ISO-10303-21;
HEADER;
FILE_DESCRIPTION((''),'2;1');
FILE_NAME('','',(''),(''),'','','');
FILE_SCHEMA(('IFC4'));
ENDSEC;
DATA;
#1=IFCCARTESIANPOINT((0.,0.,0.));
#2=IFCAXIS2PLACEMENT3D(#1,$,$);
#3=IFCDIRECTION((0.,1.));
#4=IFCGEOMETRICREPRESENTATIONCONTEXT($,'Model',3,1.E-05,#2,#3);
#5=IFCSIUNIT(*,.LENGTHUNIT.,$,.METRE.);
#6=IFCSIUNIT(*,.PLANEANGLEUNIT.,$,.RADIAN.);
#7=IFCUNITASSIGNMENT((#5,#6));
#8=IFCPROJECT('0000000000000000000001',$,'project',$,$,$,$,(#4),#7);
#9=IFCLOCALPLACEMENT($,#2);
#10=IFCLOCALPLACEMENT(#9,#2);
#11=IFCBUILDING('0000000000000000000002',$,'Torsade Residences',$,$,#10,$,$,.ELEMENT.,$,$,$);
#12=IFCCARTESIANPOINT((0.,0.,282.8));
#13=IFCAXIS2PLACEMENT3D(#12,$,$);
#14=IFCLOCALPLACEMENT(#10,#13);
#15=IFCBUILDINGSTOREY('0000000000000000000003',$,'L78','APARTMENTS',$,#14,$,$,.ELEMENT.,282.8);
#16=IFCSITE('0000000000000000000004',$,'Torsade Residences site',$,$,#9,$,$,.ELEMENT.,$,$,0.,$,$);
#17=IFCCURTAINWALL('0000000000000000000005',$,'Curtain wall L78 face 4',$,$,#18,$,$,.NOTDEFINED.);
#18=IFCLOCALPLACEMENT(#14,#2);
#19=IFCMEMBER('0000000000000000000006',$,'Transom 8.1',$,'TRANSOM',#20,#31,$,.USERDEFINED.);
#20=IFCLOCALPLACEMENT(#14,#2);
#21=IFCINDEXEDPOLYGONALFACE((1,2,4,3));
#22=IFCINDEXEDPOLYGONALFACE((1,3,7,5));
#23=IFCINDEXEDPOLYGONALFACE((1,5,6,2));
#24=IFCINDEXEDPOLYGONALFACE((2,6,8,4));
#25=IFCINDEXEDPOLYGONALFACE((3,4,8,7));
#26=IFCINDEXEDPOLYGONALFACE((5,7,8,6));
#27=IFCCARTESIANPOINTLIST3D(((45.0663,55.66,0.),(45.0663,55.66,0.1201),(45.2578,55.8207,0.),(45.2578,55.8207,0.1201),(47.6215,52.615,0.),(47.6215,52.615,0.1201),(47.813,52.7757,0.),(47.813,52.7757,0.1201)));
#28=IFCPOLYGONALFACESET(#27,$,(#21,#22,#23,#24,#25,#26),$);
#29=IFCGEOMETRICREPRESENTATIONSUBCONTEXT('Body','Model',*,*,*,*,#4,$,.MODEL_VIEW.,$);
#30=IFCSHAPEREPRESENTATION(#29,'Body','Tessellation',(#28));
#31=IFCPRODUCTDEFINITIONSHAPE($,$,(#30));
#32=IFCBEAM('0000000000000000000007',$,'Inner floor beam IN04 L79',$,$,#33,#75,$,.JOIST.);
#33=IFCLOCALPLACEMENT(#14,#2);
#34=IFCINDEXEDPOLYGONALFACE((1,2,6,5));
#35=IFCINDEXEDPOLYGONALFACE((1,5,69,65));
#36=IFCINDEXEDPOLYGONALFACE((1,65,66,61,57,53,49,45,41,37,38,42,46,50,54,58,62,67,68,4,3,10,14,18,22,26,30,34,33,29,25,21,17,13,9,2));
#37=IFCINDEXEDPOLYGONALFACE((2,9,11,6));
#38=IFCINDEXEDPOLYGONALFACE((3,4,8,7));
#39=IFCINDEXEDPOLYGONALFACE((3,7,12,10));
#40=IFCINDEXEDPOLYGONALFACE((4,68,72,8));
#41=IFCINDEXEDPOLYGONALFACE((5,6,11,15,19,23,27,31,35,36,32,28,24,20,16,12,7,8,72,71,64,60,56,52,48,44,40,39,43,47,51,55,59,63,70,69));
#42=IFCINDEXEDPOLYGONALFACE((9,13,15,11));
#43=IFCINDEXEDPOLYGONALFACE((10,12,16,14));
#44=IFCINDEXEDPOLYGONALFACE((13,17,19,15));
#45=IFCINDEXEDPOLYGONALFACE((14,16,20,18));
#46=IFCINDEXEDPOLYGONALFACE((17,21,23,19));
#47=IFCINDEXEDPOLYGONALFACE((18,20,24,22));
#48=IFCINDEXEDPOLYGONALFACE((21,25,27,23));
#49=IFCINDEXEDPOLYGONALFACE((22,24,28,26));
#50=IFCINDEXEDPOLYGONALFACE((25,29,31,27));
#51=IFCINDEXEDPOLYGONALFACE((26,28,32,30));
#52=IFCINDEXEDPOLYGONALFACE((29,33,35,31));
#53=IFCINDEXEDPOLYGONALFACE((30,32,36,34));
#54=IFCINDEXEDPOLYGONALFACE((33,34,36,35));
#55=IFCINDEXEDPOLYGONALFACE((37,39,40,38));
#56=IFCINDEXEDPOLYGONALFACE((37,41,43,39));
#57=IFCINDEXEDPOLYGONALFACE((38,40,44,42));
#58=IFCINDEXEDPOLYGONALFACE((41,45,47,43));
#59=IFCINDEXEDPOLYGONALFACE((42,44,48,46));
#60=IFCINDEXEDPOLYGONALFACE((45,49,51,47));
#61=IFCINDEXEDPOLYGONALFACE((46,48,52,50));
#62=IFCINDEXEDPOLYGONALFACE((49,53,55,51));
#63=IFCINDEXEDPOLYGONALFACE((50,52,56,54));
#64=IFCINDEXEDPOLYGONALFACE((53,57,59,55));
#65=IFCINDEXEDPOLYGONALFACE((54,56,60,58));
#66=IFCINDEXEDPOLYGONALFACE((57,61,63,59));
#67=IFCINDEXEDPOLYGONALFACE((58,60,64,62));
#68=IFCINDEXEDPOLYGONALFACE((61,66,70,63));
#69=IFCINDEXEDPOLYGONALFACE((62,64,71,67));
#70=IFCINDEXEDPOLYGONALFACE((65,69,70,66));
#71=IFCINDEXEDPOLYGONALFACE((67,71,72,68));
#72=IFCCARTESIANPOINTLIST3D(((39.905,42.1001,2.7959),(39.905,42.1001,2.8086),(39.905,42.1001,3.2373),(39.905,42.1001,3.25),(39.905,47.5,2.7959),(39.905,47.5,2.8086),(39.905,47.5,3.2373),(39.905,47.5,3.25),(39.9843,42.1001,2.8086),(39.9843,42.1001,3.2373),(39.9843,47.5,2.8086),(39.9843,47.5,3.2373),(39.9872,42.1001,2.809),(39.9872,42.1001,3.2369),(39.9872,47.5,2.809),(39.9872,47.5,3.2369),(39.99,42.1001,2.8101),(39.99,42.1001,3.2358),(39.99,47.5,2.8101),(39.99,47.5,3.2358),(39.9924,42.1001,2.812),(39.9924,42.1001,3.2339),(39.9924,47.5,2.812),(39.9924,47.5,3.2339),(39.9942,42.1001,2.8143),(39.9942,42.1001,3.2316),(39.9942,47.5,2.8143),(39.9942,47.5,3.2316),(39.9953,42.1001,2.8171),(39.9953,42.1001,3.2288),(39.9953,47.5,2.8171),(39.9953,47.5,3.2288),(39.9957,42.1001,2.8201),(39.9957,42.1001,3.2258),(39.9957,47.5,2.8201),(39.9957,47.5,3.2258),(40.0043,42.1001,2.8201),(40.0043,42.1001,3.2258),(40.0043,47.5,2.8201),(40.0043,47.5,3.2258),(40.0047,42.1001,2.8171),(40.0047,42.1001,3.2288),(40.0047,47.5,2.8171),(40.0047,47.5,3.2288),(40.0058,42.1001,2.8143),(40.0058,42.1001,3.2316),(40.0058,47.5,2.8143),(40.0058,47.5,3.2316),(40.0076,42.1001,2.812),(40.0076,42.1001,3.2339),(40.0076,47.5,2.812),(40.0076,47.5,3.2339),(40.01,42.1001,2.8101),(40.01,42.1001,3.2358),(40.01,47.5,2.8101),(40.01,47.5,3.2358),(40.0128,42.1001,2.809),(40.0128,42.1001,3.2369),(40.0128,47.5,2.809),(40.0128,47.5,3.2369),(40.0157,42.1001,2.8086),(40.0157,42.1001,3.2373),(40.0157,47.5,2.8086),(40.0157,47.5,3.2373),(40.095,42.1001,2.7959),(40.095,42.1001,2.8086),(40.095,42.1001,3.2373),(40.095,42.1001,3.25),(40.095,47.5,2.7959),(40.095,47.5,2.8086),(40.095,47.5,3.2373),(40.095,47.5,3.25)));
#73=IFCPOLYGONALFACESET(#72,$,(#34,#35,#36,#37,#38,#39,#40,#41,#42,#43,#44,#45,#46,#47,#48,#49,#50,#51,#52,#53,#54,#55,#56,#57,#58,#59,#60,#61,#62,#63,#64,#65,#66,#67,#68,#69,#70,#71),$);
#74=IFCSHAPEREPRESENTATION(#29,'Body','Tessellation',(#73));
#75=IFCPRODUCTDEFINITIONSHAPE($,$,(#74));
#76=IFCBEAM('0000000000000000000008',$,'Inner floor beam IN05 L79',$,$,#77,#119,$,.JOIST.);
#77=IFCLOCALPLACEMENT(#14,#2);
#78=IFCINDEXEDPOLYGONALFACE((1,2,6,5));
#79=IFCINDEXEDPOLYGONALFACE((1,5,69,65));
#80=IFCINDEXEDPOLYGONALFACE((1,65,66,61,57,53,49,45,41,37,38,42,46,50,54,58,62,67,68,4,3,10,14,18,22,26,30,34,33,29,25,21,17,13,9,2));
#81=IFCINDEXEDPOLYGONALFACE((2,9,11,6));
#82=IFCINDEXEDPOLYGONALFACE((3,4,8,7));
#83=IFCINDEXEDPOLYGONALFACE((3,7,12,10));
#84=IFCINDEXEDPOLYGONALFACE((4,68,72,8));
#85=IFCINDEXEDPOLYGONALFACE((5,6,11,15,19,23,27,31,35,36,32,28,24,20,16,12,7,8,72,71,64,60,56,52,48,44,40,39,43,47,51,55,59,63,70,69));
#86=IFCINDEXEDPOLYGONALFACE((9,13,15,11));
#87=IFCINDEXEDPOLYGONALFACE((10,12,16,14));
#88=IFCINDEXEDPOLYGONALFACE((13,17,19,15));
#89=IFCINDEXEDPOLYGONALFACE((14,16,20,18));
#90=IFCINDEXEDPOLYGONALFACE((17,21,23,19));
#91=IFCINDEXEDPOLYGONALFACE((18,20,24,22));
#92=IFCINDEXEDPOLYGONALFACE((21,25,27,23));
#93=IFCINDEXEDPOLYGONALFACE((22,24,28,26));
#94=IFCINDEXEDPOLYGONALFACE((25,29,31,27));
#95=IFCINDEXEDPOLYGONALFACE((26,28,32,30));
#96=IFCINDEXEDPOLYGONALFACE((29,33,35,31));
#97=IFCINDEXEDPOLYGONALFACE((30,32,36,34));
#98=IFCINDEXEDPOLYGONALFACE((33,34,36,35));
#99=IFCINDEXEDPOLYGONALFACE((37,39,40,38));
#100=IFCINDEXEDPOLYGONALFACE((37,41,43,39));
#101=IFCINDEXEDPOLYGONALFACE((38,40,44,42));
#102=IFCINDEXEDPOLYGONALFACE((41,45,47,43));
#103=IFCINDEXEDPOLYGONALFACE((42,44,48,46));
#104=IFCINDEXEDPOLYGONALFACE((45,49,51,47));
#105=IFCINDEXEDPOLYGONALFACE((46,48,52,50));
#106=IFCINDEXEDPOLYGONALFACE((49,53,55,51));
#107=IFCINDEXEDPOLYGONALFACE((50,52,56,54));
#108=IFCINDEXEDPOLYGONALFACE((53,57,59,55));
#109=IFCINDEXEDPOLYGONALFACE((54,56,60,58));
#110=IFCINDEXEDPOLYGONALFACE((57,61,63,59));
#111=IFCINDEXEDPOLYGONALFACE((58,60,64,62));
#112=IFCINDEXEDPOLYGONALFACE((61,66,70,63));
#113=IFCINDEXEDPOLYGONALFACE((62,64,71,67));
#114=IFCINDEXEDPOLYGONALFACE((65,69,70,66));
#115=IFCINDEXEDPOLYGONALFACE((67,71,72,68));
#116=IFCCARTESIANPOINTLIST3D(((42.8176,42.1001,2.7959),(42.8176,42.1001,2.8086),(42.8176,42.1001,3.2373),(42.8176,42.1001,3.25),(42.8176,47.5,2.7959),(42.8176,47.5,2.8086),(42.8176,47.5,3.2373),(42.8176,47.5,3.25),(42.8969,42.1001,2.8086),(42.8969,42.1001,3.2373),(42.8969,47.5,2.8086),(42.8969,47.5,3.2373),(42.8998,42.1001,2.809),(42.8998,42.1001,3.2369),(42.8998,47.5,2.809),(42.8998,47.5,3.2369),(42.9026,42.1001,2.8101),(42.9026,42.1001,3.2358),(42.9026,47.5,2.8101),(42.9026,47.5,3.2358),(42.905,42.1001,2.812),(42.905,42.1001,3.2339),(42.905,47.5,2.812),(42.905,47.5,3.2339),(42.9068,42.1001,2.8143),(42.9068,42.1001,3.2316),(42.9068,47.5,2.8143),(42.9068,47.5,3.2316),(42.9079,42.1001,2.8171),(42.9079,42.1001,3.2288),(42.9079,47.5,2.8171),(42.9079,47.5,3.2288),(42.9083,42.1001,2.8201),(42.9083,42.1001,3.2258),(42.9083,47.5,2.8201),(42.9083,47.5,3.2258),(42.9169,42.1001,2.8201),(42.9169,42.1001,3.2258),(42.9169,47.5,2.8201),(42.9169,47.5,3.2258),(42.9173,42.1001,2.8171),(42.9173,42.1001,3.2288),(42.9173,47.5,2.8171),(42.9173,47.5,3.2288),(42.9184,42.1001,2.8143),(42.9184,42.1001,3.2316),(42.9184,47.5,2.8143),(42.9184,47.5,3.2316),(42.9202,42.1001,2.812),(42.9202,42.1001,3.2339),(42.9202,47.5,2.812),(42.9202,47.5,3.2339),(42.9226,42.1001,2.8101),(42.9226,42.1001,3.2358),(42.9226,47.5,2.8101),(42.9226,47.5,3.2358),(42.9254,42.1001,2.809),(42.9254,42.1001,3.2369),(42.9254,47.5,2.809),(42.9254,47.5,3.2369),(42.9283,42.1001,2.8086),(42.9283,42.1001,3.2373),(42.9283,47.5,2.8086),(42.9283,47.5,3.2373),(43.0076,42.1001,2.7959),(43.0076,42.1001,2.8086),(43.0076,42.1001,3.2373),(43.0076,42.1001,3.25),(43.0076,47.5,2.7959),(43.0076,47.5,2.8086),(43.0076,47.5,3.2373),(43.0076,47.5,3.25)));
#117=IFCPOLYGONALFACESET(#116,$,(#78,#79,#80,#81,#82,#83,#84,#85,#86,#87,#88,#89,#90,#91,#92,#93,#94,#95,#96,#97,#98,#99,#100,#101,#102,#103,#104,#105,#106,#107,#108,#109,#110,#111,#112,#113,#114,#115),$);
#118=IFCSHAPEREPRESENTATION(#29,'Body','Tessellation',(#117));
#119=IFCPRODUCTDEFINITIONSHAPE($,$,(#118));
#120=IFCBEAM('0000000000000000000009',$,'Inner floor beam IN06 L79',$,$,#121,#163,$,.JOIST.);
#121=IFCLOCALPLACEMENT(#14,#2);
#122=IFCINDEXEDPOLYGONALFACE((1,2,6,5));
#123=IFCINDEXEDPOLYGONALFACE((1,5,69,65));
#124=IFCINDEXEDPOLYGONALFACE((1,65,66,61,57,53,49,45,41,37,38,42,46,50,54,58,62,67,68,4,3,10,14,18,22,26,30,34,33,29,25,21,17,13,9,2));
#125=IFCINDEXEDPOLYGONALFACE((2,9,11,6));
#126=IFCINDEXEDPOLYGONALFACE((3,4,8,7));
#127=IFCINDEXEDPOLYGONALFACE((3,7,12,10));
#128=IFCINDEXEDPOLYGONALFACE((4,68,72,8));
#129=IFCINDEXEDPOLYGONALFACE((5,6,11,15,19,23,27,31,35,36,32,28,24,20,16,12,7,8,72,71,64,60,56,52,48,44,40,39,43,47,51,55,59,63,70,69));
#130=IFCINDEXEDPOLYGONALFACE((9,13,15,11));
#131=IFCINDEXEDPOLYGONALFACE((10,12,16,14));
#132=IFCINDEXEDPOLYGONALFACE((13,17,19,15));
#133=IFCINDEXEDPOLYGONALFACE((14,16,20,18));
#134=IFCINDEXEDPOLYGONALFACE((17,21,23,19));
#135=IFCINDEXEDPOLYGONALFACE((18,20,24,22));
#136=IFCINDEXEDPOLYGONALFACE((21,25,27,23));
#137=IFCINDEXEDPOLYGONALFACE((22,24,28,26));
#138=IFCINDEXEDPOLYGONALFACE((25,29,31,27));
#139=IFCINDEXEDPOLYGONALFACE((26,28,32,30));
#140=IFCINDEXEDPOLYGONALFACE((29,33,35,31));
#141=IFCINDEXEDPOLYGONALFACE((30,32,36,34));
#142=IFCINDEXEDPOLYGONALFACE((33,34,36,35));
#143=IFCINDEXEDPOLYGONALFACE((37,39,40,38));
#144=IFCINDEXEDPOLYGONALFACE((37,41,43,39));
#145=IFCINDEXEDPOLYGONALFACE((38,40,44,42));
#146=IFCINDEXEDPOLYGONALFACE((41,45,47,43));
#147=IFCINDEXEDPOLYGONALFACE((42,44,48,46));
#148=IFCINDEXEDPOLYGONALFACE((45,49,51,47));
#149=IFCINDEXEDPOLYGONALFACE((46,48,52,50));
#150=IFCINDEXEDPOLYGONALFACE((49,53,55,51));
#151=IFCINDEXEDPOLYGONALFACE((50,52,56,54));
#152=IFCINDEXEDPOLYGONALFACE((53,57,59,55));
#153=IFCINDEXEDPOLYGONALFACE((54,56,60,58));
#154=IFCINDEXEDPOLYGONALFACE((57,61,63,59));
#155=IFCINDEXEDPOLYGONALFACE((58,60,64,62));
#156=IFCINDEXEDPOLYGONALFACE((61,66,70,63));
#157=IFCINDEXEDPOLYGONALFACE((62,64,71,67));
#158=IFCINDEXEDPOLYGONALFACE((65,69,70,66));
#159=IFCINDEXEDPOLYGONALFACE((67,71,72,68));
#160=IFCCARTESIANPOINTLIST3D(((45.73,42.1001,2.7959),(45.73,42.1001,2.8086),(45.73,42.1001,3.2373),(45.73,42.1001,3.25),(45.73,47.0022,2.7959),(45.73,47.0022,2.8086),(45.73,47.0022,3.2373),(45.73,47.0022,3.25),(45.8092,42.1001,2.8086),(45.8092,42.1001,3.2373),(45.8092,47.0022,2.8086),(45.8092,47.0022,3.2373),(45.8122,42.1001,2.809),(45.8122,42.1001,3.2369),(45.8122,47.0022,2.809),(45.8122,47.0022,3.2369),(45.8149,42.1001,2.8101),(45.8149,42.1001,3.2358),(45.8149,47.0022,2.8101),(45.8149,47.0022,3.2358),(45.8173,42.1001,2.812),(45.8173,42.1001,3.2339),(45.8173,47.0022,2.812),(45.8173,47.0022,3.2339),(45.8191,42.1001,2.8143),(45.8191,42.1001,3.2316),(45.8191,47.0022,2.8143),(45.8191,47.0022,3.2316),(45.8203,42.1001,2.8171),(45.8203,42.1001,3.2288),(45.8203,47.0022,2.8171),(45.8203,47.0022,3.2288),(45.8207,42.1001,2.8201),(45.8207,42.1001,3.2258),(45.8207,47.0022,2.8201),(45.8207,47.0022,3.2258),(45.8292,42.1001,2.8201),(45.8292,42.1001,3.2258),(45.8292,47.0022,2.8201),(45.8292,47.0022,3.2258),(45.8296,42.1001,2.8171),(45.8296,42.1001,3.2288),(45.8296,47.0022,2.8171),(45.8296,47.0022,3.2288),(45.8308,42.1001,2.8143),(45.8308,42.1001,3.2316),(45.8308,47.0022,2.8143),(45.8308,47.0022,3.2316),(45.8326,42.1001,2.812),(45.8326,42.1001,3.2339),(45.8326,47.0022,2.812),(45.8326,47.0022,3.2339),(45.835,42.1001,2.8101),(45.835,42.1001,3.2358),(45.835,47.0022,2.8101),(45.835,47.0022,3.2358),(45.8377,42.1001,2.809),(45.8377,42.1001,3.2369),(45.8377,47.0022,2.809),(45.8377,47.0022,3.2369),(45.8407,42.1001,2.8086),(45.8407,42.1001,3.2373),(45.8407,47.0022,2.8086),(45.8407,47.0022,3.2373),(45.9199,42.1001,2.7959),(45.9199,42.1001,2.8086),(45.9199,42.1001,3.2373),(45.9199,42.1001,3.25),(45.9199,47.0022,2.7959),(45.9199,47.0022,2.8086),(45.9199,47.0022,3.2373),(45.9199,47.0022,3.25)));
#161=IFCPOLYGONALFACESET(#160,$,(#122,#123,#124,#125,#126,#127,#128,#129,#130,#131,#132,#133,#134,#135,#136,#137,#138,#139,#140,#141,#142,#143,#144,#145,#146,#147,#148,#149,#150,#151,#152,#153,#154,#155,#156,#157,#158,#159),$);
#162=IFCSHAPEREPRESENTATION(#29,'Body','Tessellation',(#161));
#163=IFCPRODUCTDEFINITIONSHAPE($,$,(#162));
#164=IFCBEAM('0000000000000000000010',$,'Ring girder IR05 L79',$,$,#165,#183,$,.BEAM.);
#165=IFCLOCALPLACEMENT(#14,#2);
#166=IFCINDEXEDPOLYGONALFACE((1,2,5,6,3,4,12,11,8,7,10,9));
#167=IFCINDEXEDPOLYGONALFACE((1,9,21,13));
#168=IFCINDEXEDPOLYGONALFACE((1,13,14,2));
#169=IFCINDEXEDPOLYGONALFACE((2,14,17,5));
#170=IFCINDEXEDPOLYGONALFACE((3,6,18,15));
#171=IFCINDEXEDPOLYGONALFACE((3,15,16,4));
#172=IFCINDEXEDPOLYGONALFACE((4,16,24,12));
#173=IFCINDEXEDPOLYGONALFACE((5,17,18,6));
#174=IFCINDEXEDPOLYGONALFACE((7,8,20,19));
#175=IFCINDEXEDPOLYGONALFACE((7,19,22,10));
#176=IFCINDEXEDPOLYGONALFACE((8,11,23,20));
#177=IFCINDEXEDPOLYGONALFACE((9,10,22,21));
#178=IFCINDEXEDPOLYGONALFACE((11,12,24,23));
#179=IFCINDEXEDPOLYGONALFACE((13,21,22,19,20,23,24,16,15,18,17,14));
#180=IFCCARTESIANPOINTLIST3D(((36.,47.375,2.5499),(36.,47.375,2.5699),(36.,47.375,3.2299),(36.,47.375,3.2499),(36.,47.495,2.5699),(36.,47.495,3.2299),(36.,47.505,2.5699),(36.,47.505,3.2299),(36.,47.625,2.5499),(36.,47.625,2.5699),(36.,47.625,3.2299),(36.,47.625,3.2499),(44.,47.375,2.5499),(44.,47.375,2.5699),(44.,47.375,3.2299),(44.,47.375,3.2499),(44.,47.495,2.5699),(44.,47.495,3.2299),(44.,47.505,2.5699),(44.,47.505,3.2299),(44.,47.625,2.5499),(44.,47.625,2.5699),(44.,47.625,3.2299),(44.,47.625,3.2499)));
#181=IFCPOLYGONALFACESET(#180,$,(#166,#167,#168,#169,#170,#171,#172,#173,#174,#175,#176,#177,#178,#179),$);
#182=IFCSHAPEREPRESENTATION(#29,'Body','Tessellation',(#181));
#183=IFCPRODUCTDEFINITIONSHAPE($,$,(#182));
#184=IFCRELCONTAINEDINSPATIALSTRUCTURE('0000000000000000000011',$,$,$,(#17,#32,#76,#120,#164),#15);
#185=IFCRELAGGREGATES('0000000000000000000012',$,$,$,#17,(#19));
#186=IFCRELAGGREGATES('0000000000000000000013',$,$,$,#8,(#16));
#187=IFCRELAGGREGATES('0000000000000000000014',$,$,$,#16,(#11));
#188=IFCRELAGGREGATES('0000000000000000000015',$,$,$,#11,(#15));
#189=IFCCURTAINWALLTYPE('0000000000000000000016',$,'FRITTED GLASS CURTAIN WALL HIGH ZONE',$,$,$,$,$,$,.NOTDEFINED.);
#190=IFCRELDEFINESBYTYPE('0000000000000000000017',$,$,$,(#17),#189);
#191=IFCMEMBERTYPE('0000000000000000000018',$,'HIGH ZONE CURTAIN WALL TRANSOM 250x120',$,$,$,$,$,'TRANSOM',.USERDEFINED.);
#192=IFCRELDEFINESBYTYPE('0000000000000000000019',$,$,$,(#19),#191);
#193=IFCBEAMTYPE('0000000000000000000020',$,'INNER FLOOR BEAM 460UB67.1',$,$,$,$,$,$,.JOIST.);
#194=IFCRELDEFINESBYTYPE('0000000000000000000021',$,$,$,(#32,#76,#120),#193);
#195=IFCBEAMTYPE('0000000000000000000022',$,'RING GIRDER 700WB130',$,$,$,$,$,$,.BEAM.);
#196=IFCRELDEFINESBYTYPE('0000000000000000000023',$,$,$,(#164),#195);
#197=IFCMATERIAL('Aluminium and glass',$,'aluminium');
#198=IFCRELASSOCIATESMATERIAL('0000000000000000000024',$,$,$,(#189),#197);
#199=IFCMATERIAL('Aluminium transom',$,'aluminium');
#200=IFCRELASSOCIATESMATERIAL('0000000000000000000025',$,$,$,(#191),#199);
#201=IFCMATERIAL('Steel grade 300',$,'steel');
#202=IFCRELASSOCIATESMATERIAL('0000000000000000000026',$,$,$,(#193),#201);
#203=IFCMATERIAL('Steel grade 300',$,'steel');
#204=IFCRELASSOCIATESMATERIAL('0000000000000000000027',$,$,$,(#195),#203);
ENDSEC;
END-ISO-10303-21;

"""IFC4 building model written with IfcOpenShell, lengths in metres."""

from ifc_helpers import new_model, si_unit, direction, frame, origin, origin_2d, place, context, subcontext, project, spatial, rectangle, i_section, extrude, material, material_profile, profile_set, type_object, element, aggregate, save


model = new_model("IFC4")

# Units and contexts
model_context = context("Model", 3, precision=1e-05, world=origin(), true_north=direction((0.0, 1.0)))
body_context = subcontext(model_context, "Body", "Model", "MODEL_VIEW")
ifc_project = project(units=[si_unit("LENGTHUNIT", "METRE"), si_unit("PLANEANGLEUNIT", "RADIAN")], contexts=[model_context])

# Site, building, storey
site_placement = place(None, origin())
site = spatial("IfcSite", under=ifc_project, at=site_placement, Name="Torsade Residences site", CompositionType="ELEMENT", RefElevation=0.0)
building_placement = place(site_placement, origin())
building = spatial("IfcBuilding", under=site, at=building_placement, Name="Torsade Residences", CompositionType="ELEMENT")
storey_placement = place(building_placement, frame((0.0, 0.0, 282.8)))
storey = spatial("IfcBuildingStorey", under=building, at=storey_placement, Name="L78", Description="APARTMENTS", CompositionType="ELEMENT", Elevation=282.8)

# Curtain wall
ifc_material_1 = material(Name="Aluminium and glass", Category="aluminium")
curtain_wall_type = type_object("IfcCurtainWallType", Name="FRITTED GLASS CURTAIN WALL HIGH ZONE", PredefinedType="NOTDEFINED", material=ifc_material_1)
curtain_wall_1_placement = place(storey_placement, origin())
curtain_wall_1 = element("IfcCurtainWall", 1, at=curtain_wall_1_placement, inside=storey, type_object=curtain_wall_type, Name="Curtain wall L78 face 4", PredefinedType="NOTDEFINED")

# Member
ifc_material_2 = material(Name="Aluminium transom", Category="aluminium")
ifc_material_profile_1 = material_profile(ifc_material_2, rectangle(XDim=0.25, YDim=0.1201, at=origin_2d()), Name="HIGH ZONE CURTAIN WALL TRANSOM 250x120")
ifc_profile_set_1 = profile_set([ifc_material_profile_1], Name="Aluminium transom")
member_type_1 = type_object("IfcMemberType", Name="HIGH ZONE CURTAIN WALL TRANSOM 250x120", ElementType="TRANSOM", PredefinedType="USERDEFINED", material=ifc_profile_set_1)
member_1_placement = place(storey_placement, frame((47.7173, 52.6953, 0.0601), z_axis=(-0.642815, 0.766022, 0.0), x_axis=(-0.766022, -0.642815, 0.0)))
member_1 = element("IfcMember", 2, at=member_1_placement, type_object=member_type_1, Name="Transom 8.1", ObjectType="TRANSOM", PredefinedType="USERDEFINED", context=body_context, shape_type="SweptSolid", body=[
    extrude(rectangle(XDim=0.25, YDim=0.1201, at=origin_2d()), origin(), (0.0, 0.0, 1.0), 3.9751),
])

# Beams
ifc_material_3 = material(Name="Steel grade 300", Category="steel")
ifc_material_profile_2 = material_profile(ifc_material_3, i_section(OverallWidth=0.1899, OverallDepth=0.4541, WebThickness=0.0085, FlangeThickness=0.0127, FilletRadius=0.0115, at=origin_2d()), Name="460UB67.1")
ifc_profile_set_2 = profile_set([ifc_material_profile_2], Name="Steel grade 300")
beam_type_1 = type_object("IfcBeamType", Name="INNER FLOOR BEAM 460UB67.1", PredefinedType="JOIST", material=ifc_profile_set_2)
for number, where, z_axis, x_axis, name in (
    (3, (40.0, 42.1001, 3.0229), (0.0, 1.0, 0.0), (-1.0, 0.0, 0.0), "Inner floor beam IN04 L79"),
    (4, (42.9126, 42.1001, 3.0229), (0.0, 1.0, 0.0), (-1.0, 0.0, 0.0), "Inner floor beam IN05 L79"),
):
    element("IfcBeam", number, at=place(storey_placement, frame(where, z_axis=z_axis, x_axis=x_axis)), inside=storey, type_object=beam_type_1, Name=name, PredefinedType="JOIST", context=body_context, shape_type="SweptSolid", body=[
        extrude(i_section(OverallWidth=0.1899, OverallDepth=0.4541, WebThickness=0.0085, FlangeThickness=0.0127, FilletRadius=0.0115, at=origin_2d()), origin(), (0.0, 0.0, 1.0), 5.3999),
    ])
beam_1_placement = place(storey_placement, frame((45.825, 42.1001, 3.0229), z_axis=(0.0, 1.0, 0.0), x_axis=(-1.0, 0.0, 0.0)))
element("IfcBeam", 5, at=beam_1_placement, inside=storey, type_object=beam_type_1, Name="Inner floor beam IN06 L79", PredefinedType="JOIST", context=body_context, shape_type="SweptSolid", body=[
    extrude(i_section(OverallWidth=0.1899, OverallDepth=0.4541, WebThickness=0.0085, FlangeThickness=0.0127, FilletRadius=0.0115, at=origin_2d()), origin(), (0.0, 0.0, 1.0), 4.9021),
])
ifc_material_4 = material(Name="Steel grade 300", Category="steel")
ifc_material_profile_3 = material_profile(ifc_material_4, i_section(OverallWidth=0.25, OverallDepth=0.7, WebThickness=0.01, FlangeThickness=0.02, at=origin_2d()), Name="700WB130")
ifc_profile_set_3 = profile_set([ifc_material_profile_3], Name="Steel grade 300")
beam_type_2 = type_object("IfcBeamType", Name="RING GIRDER 700WB130", PredefinedType="BEAM", material=ifc_profile_set_3)
beam_2_placement = place(storey_placement, frame((44.0, 47.5, 2.8999), z_axis=(-1.0, 0.0, 0.0), x_axis=(0.0, -1.0, 0.0)))
element("IfcBeam", 6, at=beam_2_placement, inside=storey, type_object=beam_type_2, Name="Ring girder IR05 L79", PredefinedType="BEAM", context=body_context, shape_type="SweptSolid", body=[
    extrude(i_section(OverallWidth=0.25, OverallDepth=0.7, WebThickness=0.01, FlangeThickness=0.02, at=origin_2d()), origin(), (0.0, 0.0, 1.0), 8.0),
])

aggregate(curtain_wall_1, [member_1])

save(model, "model.ifc")
